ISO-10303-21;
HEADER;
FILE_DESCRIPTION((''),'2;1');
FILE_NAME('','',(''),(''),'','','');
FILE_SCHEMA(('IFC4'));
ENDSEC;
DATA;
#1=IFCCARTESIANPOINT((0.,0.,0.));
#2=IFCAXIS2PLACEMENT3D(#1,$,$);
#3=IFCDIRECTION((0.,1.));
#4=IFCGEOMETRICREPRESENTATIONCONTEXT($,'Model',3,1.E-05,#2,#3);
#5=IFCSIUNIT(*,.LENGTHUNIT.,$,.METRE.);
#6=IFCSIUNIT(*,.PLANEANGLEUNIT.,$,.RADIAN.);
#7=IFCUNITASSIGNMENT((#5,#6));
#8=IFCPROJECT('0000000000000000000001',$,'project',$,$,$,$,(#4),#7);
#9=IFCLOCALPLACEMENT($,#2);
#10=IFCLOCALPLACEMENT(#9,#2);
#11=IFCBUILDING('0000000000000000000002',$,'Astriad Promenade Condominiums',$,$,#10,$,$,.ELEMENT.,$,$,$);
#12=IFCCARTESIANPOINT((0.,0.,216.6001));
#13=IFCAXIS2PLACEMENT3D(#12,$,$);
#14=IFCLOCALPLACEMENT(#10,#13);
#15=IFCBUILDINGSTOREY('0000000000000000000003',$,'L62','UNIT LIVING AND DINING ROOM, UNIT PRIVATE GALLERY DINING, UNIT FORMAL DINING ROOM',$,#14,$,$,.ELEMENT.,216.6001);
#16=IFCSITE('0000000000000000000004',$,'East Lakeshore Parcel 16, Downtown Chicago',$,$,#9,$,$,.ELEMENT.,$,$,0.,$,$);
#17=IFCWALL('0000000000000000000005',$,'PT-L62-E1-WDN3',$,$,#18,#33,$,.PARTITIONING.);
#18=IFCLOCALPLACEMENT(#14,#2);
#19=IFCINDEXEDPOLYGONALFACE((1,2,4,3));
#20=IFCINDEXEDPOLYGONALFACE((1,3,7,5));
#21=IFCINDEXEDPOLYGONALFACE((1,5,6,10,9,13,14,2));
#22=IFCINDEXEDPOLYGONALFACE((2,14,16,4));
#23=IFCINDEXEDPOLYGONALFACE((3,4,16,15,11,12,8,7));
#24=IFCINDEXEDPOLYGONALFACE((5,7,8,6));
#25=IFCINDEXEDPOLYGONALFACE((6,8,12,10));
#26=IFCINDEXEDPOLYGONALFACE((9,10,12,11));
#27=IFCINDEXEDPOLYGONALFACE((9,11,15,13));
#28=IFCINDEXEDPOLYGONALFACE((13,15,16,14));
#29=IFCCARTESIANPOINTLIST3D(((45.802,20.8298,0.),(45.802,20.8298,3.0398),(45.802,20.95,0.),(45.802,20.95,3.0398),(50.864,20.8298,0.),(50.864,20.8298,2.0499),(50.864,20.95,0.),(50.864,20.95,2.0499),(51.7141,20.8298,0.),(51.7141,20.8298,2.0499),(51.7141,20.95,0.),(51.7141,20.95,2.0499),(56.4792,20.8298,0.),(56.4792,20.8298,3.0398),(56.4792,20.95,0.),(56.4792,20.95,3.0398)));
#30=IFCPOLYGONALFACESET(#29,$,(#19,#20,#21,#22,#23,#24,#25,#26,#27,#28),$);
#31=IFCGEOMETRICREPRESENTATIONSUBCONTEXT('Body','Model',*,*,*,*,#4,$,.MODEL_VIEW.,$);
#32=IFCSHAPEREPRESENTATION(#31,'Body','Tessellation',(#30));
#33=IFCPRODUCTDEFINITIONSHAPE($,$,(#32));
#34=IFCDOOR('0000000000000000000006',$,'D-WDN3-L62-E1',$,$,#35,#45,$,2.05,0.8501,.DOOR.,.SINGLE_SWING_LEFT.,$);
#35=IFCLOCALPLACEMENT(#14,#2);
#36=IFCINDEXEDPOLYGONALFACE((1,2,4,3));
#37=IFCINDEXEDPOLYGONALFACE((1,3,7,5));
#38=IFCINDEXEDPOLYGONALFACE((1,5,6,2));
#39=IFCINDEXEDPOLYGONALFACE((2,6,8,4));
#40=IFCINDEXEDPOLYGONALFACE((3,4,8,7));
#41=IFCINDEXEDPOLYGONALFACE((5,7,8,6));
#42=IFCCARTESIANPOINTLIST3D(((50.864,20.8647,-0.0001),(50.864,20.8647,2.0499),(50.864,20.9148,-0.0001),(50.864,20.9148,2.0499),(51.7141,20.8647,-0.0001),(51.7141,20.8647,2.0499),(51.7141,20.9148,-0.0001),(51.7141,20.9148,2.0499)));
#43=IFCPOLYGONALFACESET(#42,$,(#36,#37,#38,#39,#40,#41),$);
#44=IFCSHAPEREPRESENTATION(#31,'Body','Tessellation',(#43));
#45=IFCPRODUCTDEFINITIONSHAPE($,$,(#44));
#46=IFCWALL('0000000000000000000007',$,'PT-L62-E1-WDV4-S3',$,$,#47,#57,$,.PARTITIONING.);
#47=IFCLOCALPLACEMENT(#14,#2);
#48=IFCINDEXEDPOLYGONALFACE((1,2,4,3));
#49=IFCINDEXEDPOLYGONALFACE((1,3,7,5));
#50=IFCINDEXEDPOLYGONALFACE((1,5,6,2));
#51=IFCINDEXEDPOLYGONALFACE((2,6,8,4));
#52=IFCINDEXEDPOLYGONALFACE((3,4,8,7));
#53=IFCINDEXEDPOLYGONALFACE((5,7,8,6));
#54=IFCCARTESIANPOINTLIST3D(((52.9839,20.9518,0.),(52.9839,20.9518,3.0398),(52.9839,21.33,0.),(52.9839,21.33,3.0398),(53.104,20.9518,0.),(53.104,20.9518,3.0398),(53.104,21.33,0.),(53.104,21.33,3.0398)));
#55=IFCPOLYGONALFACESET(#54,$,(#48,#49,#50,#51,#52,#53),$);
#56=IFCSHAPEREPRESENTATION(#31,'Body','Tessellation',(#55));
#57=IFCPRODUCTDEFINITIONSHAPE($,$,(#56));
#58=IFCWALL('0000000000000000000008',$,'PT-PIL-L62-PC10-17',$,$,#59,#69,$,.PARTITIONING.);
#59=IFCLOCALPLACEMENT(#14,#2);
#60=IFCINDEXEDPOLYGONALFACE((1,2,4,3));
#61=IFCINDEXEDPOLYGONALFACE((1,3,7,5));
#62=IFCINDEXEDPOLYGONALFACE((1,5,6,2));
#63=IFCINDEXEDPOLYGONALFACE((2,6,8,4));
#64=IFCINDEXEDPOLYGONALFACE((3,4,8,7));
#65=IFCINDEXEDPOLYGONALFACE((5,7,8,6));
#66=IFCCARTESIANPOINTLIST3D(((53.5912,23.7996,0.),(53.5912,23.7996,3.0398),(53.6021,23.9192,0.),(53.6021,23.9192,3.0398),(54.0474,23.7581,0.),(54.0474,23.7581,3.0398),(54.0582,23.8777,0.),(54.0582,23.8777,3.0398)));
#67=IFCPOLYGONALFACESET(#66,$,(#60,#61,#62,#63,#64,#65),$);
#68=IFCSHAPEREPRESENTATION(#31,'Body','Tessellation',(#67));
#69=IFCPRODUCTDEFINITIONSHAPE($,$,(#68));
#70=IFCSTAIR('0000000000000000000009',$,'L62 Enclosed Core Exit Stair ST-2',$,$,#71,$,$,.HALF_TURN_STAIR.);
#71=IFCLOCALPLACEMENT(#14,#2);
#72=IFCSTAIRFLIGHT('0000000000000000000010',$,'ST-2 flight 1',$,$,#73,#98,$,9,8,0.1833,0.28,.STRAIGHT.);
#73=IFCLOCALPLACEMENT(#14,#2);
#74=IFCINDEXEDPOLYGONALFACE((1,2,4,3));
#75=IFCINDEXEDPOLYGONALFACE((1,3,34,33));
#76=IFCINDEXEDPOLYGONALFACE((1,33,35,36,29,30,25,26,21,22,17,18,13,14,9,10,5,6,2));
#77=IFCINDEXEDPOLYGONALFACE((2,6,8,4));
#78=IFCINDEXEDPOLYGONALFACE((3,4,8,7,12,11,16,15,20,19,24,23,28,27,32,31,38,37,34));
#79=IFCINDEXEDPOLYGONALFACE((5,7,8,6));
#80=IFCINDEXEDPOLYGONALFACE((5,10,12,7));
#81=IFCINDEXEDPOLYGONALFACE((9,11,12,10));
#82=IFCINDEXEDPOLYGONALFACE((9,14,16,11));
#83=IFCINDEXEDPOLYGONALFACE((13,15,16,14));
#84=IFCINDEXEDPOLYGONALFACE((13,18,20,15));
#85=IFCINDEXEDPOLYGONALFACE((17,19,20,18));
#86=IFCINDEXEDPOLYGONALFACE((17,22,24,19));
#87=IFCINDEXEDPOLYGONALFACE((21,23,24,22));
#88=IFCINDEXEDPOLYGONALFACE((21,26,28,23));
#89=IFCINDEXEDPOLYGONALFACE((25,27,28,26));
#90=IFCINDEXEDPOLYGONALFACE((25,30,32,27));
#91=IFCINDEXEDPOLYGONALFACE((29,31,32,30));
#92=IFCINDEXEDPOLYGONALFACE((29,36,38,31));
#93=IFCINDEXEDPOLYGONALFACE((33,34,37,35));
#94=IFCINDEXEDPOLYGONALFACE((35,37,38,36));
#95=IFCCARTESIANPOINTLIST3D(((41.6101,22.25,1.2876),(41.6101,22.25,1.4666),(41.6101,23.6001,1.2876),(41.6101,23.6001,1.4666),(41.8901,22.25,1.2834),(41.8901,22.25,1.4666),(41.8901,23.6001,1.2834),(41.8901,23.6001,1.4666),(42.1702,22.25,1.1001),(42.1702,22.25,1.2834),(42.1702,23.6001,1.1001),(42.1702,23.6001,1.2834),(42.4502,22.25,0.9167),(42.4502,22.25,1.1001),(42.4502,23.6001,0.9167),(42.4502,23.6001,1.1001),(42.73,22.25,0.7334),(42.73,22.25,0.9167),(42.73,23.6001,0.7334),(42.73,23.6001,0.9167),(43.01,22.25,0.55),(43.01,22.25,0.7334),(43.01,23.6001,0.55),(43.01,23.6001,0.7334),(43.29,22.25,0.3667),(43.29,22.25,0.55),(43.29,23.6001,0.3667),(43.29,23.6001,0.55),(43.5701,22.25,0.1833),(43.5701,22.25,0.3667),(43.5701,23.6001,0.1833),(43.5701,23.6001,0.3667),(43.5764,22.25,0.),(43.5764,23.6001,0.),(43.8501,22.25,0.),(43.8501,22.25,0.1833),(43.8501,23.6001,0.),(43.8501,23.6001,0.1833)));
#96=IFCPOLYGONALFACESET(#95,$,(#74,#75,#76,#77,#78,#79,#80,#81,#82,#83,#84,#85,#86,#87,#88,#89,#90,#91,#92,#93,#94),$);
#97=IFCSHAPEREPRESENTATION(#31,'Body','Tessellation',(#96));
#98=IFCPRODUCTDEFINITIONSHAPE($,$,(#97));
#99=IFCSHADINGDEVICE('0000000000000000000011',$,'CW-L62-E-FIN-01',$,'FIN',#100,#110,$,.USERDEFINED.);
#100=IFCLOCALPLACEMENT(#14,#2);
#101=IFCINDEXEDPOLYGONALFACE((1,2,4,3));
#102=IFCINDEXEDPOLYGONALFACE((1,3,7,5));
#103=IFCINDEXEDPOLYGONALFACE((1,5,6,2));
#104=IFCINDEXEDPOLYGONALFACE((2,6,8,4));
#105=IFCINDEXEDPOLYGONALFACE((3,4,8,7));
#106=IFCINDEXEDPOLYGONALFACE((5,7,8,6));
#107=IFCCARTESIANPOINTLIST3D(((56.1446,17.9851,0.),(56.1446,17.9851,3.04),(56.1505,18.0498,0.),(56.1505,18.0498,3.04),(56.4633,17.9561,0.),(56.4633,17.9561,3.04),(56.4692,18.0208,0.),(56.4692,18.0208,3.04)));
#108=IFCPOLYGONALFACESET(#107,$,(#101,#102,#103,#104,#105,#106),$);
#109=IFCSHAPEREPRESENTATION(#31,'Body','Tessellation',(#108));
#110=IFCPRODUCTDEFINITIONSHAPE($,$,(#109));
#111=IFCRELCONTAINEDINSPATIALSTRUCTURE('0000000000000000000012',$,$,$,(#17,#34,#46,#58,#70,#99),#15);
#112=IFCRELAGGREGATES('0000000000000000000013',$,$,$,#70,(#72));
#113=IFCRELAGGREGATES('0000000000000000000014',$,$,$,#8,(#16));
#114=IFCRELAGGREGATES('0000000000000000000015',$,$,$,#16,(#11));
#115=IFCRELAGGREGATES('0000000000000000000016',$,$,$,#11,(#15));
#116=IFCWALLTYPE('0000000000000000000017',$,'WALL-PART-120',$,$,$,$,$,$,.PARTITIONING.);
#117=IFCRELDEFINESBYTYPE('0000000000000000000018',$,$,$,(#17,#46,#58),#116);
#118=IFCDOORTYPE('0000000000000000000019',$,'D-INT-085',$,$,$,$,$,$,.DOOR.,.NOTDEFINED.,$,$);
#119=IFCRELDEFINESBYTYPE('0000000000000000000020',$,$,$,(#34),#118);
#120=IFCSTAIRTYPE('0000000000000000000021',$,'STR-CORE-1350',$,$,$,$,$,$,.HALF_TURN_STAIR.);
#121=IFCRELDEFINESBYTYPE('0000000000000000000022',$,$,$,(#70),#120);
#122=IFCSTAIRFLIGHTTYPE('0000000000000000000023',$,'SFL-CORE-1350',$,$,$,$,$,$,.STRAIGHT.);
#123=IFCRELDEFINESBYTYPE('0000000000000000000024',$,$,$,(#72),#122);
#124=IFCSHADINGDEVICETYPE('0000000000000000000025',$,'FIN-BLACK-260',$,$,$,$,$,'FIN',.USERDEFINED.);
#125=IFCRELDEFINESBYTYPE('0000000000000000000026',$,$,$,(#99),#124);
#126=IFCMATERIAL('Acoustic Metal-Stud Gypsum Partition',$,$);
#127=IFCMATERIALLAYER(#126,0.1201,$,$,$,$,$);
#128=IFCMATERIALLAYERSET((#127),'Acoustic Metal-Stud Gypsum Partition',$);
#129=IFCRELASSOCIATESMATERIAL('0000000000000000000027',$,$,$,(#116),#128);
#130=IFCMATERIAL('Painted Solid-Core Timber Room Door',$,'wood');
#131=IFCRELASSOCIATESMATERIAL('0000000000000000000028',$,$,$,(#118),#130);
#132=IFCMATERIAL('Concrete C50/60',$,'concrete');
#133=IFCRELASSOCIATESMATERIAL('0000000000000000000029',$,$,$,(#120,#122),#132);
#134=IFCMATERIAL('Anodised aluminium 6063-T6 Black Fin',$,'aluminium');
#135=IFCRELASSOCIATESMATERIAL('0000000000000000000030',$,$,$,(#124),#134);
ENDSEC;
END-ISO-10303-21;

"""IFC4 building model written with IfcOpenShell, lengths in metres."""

from ifc_helpers import new_model, si_unit, direction, frame, frame_2d, origin, origin_2d, place, context, subcontext, project, spatial, polyline, rectangle, outline, extrude, source, transform, mapped, material, layer, layer_set, type_object, type_shapes, element, fill, aggregate, save


model = new_model("IFC4")

# Units and contexts
model_context = context("Model", 3, precision=1e-05, world=origin(), true_north=direction((0.0, 1.0)))
body_context = subcontext(model_context, "Body", "Model", "MODEL_VIEW")
ifc_project = project(units=[si_unit("LENGTHUNIT", "METRE"), si_unit("PLANEANGLEUNIT", "RADIAN")], contexts=[model_context])

# Site, building, storey
site_placement = place(None, origin())
site = spatial("IfcSite", under=ifc_project, at=site_placement, Name="East Lakeshore Parcel 16, Downtown Chicago", CompositionType="ELEMENT", RefElevation=0.0)
building_placement = place(site_placement, origin())
building = spatial("IfcBuilding", under=site, at=building_placement, Name="Astriad Promenade Condominiums", CompositionType="ELEMENT")
storey_placement = place(building_placement, frame((0.0, 0.0, 216.6001)))
storey = spatial("IfcBuildingStorey", under=building, at=storey_placement, Name="L62", Description="UNIT LIVING AND DINING ROOM, UNIT PRIVATE GALLERY DINING, UNIT FORMAL DINING ROOM", CompositionType="ELEMENT", Elevation=216.6001)

# Shared definitions
ifc_material_1 = material(Name="Concrete C50/60", Category="concrete")

# Shared definitions
ifc_material_2 = material(Name="Acoustic Metal-Stud Gypsum Partition")
ifc_layer_1 = layer(ifc_material_2, 0.1201)
ifc_layer_set_1 = layer_set([ifc_layer_1], Name="Acoustic Metal-Stud Gypsum Partition")
wall_type_1 = type_object("IfcWallType", Name="WALL-PART-120", PredefinedType="PARTITIONING", material=ifc_layer_set_1)

# Wall, opening, door
ifc_material_3 = material(Name="Painted Solid-Core Timber Room Door", Category="wood")
door_type = type_object("IfcDoorType", Name="D-INT-085", OperationType="NOTDEFINED", PredefinedType="DOOR", material=ifc_material_3)
shared_shape_1 = source(origin(), body_context, "Body", "SweptSolid", [
    extrude(rectangle(XDim=0.8501, YDim=2.05, at=frame_2d((0.425, 1.0249))), frame((0.0, 0.0249, 0.0), z_axis=(0.0, -1.0, 0.0), x_axis=(1.0, 0.0, 0.0)), (0.0, 0.0, 1.0), 0.05),
])
type_shapes(door_type, [shared_shape_1])
wall_1_placement = place(storey_placement, frame((45.802, 20.8899, 0.0), z_axis=(0.0, 0.0, 1.0), x_axis=(1.0, 0.0, 0.0)))
wall_1 = element("IfcWall", 1, at=wall_1_placement, inside=storey, type_object=wall_type_1, Name="PT-L62-E1-WDN3", PredefinedType="PARTITIONING", context=body_context, shape_type="SweptSolid", body=[
    extrude(rectangle(XDim=10.6772, YDim=0.1201, at=frame_2d((5.3386, 0.0))), origin(), (0.0, 0.0, 1.0), 3.0398),
])
opening_1_placement = place(wall_1_placement, frame((5.062, 0.0, 0.0)))
opening_1 = element("IfcOpeningElement", 2, at=opening_1_placement, cuts=wall_1, PredefinedType="OPENING", context=body_context, shape_type="SweptSolid", body=[
    extrude(rectangle(XDim=0.8501, YDim=2.05, at=frame_2d((0.425, 1.0249))), frame((0.0, 0.0701, 0.0), z_axis=(0.0, -1.0, 0.0), x_axis=(1.0, 0.0, 0.0)), (0.0, 0.0, 1.0), 0.1401),
])
door_1_placement = place(opening_1_placement, origin())
door_1 = element("IfcDoor", 3, at=door_1_placement, inside=storey, type_object=door_type, Name="D-WDN3-L62-E1", OperationType="SINGLE_SWING_LEFT", OverallHeight=2.05, OverallWidth=0.8501, PredefinedType="DOOR", context=body_context, shape_type="MappedRepresentation", body=[
    mapped(shared_shape_1, transform((0.0, 0.0, 0.0), scale=1.0)),
])
fill(opening_1, door_1)

# Walls
wall_2_placement = place(storey_placement, frame((53.0439, 20.9519, 0.0), z_axis=(0.0, 0.0, 1.0), x_axis=(0.0, 1.0, 0.0)))
element("IfcWall", 4, at=wall_2_placement, inside=storey, type_object=wall_type_1, Name="PT-L62-E1-WDV4-S3", PredefinedType="PARTITIONING", context=body_context, shape_type="SweptSolid", body=[
    extrude(rectangle(XDim=0.3782, YDim=0.1201, at=frame_2d((0.189, 0.0))), origin(), (0.0, 0.0, 1.0), 3.0398),
])
wall_3_placement = place(storey_placement, frame((53.5967, 23.8594, 0.0), z_axis=(0.0, 0.0, 1.0), x_axis=(0.995884, -0.090632, 0.0)))
element("IfcWall", 5, at=wall_3_placement, inside=storey, type_object=wall_type_1, Name="PT-PIL-L62-PC10-17", PredefinedType="PARTITIONING", context=body_context, shape_type="SweptSolid", body=[
    extrude(rectangle(XDim=0.458, YDim=0.1201, at=frame_2d((0.229, 0.0))), origin(), (0.0, 0.0, 1.0), 3.0398),
])

# Stair, stair flight
stair_type = type_object("IfcStairType", Name="STR-CORE-1350", PredefinedType="HALF_TURN_STAIR", material=ifc_material_1)
stair_placement = place(storey_placement, origin())
stair = element("IfcStair", 6, at=stair_placement, inside=storey, type_object=stair_type, Name="L62 Enclosed Core Exit Stair ST-2", PredefinedType="HALF_TURN_STAIR")
stair_flight_type = type_object("IfcStairFlightType", Name="SFL-CORE-1350", PredefinedType="STRAIGHT", material=ifc_material_1)
shared_shape_2 = source(origin(), body_context, "Body", "SweptSolid", [
    extrude(outline(polyline([(0.0, 0.0), (0.0, 0.1833), (0.28, 0.1833), (0.28, 0.3667), (0.5601, 0.3667), (0.5601, 0.55), (0.8401, 0.55), (0.8401, 0.7334), (1.1201, 0.7334), (1.1201, 0.9167), (1.3999, 0.9167), (1.3999, 1.1001), (1.6799, 1.1001), (1.6799, 1.2834), (1.96, 1.2834), (1.96, 1.4666), (2.24, 1.4666), (2.24, 1.6499), (2.24, 1.2876), (0.2737, 0.0), (0.0, 0.0)])), frame((0.0, 0.675, 0.0), z_axis=(0.0, -1.0, 0.0), x_axis=(1.0, 0.0, 0.0)), (0.0, 0.0, 1.0), 1.3501),
])
type_shapes(stair_flight_type, [shared_shape_2])
stair_flight_placement = place(storey_placement, frame((43.8501, 22.925, 0.0), z_axis=(0.0, 0.0, 1.0), x_axis=(-1.0, 0.0, 0.0)))
stair_flight = element("IfcStairFlight", 7, at=stair_flight_placement, type_object=stair_flight_type, Name="ST-2 flight 1", NumberOfRisers=9, NumberOfTreads=8, PredefinedType="STRAIGHT", RiserHeight=0.1833, TreadLength=0.28, context=body_context, shape_type="MappedRepresentation", body=[
    mapped(shared_shape_2, transform((0.0, 0.0, 0.0), scale=1.0)),
])
aggregate(stair, [stair_flight])

# Shading device
ifc_material_4 = material(Name="Anodised aluminium 6063-T6 Black Fin", Category="aluminium")
shading_device_type = type_object("IfcShadingDeviceType", Name="FIN-BLACK-260", ElementType="FIN", PredefinedType="USERDEFINED", material=ifc_material_4)
shared_shape_3 = source(origin(), body_context, "Body", "SweptSolid", [
    extrude(rectangle(XDim=0.0649, YDim=0.3201, at=origin_2d()), origin(), (0.0, 0.0, 1.0), 3.04),
])
type_shapes(shading_device_type, [shared_shape_3])
shading_device_placement = place(storey_placement, frame((56.3069, 18.0029, 0.0), z_axis=(0.0, 0.0, 1.0), x_axis=(-0.090633, -0.995884, 0.0)))
element("IfcShadingDevice", 8, at=shading_device_placement, inside=storey, type_object=shading_device_type, Name="CW-L62-E-FIN-01", ObjectType="FIN", PredefinedType="USERDEFINED", context=body_context, shape_type="MappedRepresentation", body=[
    mapped(shared_shape_3, transform((0.0, 0.0, 0.0), scale=1.0)),
])

save(model, "model.ifc")
